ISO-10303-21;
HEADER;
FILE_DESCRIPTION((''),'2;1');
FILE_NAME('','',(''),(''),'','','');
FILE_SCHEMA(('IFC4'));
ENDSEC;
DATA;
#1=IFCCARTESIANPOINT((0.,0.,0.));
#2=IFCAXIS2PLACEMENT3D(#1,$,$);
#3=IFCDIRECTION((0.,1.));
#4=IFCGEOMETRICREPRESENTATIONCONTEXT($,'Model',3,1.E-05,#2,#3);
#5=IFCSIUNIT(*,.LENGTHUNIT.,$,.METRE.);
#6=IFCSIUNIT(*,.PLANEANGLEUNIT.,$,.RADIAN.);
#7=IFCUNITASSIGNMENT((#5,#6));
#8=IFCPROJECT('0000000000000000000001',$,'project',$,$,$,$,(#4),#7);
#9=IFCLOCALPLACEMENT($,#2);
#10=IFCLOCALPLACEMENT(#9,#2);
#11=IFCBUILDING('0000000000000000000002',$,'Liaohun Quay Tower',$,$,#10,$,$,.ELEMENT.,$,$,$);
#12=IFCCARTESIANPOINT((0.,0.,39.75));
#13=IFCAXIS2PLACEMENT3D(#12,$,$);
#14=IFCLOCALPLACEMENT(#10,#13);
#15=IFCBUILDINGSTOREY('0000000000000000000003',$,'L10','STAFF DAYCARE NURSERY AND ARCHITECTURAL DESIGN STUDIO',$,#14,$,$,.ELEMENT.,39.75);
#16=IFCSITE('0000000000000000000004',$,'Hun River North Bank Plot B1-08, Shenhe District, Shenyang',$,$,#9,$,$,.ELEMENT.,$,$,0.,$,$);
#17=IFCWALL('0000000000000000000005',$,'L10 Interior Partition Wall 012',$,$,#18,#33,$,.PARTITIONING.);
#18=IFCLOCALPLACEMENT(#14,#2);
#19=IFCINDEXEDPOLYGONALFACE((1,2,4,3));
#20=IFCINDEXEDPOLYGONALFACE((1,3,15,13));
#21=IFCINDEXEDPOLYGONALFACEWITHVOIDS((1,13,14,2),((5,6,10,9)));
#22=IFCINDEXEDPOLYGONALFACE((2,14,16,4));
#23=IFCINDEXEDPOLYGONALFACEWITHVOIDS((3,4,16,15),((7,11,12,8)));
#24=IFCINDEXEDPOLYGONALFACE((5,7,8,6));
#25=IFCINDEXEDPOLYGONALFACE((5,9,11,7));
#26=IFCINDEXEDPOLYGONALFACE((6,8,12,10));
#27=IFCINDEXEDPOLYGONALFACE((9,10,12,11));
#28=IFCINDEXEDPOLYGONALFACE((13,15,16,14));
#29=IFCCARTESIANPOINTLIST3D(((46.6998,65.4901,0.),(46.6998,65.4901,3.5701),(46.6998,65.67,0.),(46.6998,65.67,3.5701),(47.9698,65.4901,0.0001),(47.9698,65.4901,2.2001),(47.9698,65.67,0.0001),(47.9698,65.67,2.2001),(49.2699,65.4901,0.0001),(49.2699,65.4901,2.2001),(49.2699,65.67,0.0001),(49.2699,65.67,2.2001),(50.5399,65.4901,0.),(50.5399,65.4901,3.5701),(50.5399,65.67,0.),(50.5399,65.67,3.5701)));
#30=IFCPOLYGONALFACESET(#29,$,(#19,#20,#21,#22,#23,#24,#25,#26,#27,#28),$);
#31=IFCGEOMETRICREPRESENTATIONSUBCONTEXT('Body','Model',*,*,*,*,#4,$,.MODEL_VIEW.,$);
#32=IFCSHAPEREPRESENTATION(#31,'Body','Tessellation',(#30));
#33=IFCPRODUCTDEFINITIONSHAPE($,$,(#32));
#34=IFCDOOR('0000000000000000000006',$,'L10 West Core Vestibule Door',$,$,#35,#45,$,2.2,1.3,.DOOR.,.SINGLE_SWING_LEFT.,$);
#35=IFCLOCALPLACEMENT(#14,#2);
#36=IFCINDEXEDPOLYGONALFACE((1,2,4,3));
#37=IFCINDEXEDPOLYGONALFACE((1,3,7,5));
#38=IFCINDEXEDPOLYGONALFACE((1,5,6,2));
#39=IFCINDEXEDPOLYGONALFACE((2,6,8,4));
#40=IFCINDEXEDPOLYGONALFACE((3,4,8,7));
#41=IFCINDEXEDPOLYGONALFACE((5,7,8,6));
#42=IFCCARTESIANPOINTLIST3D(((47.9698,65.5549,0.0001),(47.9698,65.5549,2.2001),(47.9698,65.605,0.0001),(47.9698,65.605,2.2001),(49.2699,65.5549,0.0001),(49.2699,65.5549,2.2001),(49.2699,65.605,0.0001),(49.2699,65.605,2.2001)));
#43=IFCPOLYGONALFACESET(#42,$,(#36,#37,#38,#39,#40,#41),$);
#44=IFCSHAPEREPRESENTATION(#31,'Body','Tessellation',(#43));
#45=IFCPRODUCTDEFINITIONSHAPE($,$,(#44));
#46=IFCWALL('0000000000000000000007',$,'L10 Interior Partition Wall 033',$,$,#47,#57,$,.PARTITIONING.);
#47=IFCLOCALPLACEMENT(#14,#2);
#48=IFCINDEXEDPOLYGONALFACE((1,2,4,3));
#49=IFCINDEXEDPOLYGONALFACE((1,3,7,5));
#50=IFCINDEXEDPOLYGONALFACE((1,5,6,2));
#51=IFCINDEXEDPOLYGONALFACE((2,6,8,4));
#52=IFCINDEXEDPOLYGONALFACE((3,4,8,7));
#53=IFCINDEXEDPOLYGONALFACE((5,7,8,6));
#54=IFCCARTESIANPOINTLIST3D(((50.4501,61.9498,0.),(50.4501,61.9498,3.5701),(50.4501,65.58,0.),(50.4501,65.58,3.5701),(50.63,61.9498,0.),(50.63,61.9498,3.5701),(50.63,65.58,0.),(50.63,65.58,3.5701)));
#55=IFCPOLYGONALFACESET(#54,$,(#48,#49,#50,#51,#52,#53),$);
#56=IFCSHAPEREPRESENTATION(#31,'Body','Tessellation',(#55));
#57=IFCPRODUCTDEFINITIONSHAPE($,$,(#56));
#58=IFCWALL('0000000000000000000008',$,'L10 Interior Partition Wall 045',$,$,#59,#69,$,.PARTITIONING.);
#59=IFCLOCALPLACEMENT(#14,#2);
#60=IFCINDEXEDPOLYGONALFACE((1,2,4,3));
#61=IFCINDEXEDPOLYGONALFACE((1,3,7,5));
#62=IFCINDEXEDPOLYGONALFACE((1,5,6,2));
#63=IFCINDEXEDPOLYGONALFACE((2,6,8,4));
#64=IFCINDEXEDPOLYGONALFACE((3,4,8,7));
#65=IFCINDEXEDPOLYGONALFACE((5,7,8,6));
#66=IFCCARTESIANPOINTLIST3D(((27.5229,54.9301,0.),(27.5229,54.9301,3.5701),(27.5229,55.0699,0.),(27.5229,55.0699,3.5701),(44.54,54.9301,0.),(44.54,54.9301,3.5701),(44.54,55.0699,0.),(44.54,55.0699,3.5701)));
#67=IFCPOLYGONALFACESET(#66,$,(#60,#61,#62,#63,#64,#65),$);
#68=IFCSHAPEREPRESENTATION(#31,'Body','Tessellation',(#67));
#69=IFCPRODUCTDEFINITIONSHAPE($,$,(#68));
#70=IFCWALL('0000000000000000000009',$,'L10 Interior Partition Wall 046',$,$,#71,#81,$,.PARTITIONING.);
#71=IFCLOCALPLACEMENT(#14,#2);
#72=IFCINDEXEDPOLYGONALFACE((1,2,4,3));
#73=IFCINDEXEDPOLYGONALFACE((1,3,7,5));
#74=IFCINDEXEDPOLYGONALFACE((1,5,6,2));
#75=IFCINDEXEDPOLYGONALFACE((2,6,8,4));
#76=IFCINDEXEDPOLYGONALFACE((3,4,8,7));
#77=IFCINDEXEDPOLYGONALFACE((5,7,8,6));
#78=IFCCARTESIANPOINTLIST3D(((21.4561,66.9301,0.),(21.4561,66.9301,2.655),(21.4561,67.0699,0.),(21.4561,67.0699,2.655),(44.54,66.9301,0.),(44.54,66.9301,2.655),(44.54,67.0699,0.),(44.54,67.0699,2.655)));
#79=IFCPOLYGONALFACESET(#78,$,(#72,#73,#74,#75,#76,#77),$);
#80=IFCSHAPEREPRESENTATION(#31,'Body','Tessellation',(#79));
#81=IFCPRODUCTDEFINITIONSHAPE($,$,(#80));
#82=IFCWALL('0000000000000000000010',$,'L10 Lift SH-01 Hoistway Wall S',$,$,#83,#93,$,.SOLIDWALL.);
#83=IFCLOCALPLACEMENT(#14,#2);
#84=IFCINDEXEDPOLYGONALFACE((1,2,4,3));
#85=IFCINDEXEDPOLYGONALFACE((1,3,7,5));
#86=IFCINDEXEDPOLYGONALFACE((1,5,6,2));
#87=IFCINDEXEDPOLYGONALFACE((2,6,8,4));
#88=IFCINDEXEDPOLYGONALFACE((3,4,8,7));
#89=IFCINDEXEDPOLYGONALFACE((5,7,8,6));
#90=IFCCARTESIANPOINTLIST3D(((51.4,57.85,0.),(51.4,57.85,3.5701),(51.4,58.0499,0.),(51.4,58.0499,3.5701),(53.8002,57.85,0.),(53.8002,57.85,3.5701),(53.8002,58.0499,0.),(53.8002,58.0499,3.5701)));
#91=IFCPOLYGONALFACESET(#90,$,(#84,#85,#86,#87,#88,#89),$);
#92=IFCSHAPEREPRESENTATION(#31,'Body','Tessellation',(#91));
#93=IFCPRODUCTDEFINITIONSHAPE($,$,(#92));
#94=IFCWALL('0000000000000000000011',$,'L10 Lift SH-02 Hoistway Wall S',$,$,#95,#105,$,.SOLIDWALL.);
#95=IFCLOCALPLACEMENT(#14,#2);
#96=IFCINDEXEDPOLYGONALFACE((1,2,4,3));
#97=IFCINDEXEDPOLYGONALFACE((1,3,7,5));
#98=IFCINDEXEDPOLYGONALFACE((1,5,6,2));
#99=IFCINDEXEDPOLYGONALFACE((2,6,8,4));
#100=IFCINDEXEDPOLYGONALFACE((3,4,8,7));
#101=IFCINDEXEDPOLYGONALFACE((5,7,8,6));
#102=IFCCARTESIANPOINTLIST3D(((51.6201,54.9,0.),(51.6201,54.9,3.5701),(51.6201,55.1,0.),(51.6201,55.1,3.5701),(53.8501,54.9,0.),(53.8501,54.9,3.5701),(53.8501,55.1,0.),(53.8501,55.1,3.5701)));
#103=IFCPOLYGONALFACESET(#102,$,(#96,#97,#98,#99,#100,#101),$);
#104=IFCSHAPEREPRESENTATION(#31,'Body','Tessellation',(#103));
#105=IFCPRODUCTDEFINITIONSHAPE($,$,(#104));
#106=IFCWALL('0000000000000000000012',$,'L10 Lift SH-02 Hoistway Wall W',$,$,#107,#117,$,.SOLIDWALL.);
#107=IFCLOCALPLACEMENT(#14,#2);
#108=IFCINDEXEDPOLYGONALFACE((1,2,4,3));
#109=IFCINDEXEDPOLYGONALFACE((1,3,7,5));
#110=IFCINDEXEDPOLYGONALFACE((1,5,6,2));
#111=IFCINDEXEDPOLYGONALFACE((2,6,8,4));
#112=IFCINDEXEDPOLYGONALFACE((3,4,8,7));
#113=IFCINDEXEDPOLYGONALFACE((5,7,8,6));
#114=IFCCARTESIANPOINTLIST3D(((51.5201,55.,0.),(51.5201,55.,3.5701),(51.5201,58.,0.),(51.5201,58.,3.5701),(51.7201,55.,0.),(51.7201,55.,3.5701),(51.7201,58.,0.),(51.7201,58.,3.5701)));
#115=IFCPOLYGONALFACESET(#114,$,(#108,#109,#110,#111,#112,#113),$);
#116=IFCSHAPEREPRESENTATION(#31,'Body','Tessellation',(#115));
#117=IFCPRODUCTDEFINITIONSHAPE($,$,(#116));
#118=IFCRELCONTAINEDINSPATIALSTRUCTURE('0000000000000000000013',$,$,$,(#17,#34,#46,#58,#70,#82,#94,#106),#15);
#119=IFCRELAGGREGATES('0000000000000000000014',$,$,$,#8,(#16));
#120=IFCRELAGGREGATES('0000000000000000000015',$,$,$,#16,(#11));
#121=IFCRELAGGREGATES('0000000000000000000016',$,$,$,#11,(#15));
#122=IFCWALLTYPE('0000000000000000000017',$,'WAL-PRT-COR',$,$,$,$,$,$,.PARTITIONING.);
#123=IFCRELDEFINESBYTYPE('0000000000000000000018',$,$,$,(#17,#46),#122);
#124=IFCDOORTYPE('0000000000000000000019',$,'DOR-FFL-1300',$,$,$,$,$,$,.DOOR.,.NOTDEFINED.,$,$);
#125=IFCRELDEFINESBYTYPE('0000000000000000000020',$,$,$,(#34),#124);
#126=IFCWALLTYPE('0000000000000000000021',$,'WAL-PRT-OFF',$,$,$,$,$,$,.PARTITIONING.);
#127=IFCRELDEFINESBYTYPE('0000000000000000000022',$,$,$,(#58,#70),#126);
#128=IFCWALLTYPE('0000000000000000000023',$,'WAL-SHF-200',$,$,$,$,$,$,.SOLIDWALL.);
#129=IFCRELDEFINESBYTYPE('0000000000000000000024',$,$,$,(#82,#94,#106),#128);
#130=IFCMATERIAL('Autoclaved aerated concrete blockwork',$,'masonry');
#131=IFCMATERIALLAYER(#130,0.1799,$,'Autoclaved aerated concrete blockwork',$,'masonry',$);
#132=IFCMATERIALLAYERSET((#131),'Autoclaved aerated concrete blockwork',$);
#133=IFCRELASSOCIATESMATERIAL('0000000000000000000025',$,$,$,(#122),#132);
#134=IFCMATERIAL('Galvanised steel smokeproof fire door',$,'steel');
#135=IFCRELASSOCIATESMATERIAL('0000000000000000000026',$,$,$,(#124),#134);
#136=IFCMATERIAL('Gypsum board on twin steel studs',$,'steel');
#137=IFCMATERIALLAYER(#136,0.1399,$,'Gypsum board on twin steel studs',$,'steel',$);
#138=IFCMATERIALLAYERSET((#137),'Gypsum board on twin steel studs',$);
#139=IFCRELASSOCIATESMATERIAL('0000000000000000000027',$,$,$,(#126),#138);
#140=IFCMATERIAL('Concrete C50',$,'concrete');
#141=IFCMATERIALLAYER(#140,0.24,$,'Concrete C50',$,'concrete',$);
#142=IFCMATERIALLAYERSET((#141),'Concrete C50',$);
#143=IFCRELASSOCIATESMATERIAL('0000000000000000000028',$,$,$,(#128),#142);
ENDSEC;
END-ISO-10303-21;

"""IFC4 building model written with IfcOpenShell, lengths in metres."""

from ifc_helpers import new_model, si_unit, direction, frame, frame_2d, origin, place, context, subcontext, project, spatial, rectangle, extrude, source, transform, mapped, material, layer, layer_set, type_object, element, fill, save


model = new_model("IFC4")

# Units and contexts
model_context = context("Model", 3, precision=1e-05, world=origin(), true_north=direction((0.0, 1.0)))
body_context = subcontext(model_context, "Body", "Model", "MODEL_VIEW")
ifc_project = project(units=[si_unit("LENGTHUNIT", "METRE"), si_unit("PLANEANGLEUNIT", "RADIAN")], contexts=[model_context])

# Site, building, storey
site_placement = place(None, origin())
site = spatial("IfcSite", under=ifc_project, at=site_placement, Name="Hun River North Bank Plot B1-08, Shenhe District, Shenyang", CompositionType="ELEMENT", RefElevation=0.0)
building_placement = place(site_placement, origin())
building = spatial("IfcBuilding", under=site, at=building_placement, Name="Liaohun Quay Tower", CompositionType="ELEMENT")
storey_placement = place(building_placement, frame((0.0, 0.0, 39.75)))
storey = spatial("IfcBuildingStorey", under=building, at=storey_placement, Name="L10", Description="STAFF DAYCARE NURSERY AND ARCHITECTURAL DESIGN STUDIO", CompositionType="ELEMENT", Elevation=39.75)

# Wall, opening, door
ifc_material_1 = material(Name="Autoclaved aerated concrete blockwork", Category="masonry")
ifc_layer_1 = layer(ifc_material_1, 0.1799, Name="Autoclaved aerated concrete blockwork", Category="masonry")
ifc_layer_set_1 = layer_set([ifc_layer_1], Name="Autoclaved aerated concrete blockwork")
wall_type_1 = type_object("IfcWallType", Name="WAL-PRT-COR", PredefinedType="PARTITIONING", material=ifc_layer_set_1)
wall_1_placement = place(storey_placement, frame((46.7, 65.5801, 0.0), z_axis=(0.0, 0.0, 1.0), x_axis=(1.0, 0.0, 0.0)))
wall_1 = element("IfcWall", 1, at=wall_1_placement, inside=storey, type_object=wall_type_1, Name="L10 Interior Partition Wall 012", PredefinedType="PARTITIONING", context=body_context, shape_type="SweptSolid", body=[
    extrude(rectangle(XDim=3.8401, YDim=0.1799, at=frame_2d((1.9199, 0.0))), origin(), (0.0, 0.0, 1.0), 3.5701),
])
shared_shape_1 = source(origin(), body_context, "Body", "SweptSolid", [
    extrude(rectangle(XDim=1.3, YDim=2.2, at=frame_2d((0.6499, 1.1001))), frame((0.0, 0.0999, 0.0), z_axis=(0.0, -1.0, 0.0), x_axis=(1.0, 0.0, 0.0)), (0.0, 0.0, 1.0), 0.2),
])
opening_1_placement = place(wall_1_placement, frame((1.27, 0.0, 0.0)))
opening_1 = element("IfcOpeningElement", 2, at=opening_1_placement, cuts=wall_1, PredefinedType="OPENING", context=body_context, shape_type="MappedRepresentation", body=[
    mapped(shared_shape_1, transform((0.0, 0.0, 0.0), x_axis=(1.0, 0.0, 0.0), y_axis=(0.0, 1.0, 0.0), z_axis=(0.0, 0.0, 1.0), scale=1.0)),
])
ifc_material_2 = material(Name="Galvanised steel smokeproof fire door", Category="steel")
door_type_1 = type_object("IfcDoorType", Name="DOR-FFL-1300", OperationType="NOTDEFINED", PredefinedType="DOOR", material=ifc_material_2)
shared_shape_2 = source(origin(), body_context, "Body", "SweptSolid", [
    extrude(rectangle(XDim=1.3, YDim=2.2, at=frame_2d((0.6499, 1.1001))), frame((0.0, 0.0249, 0.0), z_axis=(0.0, -1.0, 0.0), x_axis=(1.0, 0.0, 0.0)), (0.0, 0.0, 1.0), 0.05),
])
door_1_placement = place(opening_1_placement, origin())
door_1 = element("IfcDoor", 3, at=door_1_placement, inside=storey, type_object=door_type_1, Name="L10 West Core Vestibule Door", OperationType="SINGLE_SWING_LEFT", OverallHeight=2.2, OverallWidth=1.3, PredefinedType="DOOR", context=body_context, shape_type="MappedRepresentation", body=[
    mapped(shared_shape_2, transform((0.0, 0.0, 0.0), x_axis=(1.0, 0.0, 0.0), y_axis=(0.0, 1.0, 0.0), z_axis=(0.0, 0.0, 1.0), scale=1.0)),
])
fill(opening_1, door_1)

# Walls
wall_2_placement = place(storey_placement, frame((50.54, 61.95, 0.0), z_axis=(0.0, 0.0, 1.0), x_axis=(0.0, 1.0, 0.0)))
element("IfcWall", 4, at=wall_2_placement, inside=storey, type_object=wall_type_1, Name="L10 Interior Partition Wall 033", PredefinedType="PARTITIONING", context=body_context, shape_type="SweptSolid", body=[
    extrude(rectangle(XDim=3.6301, YDim=0.1799, at=frame_2d((1.8149, 0.0))), origin(), (0.0, 0.0, 1.0), 3.5701),
])
ifc_material_3 = material(Name="Gypsum board on twin steel studs", Category="steel")
ifc_layer_2 = layer(ifc_material_3, 0.1399, Name="Gypsum board on twin steel studs", Category="steel")
ifc_layer_set_2 = layer_set([ifc_layer_2], Name="Gypsum board on twin steel studs")
wall_type_2 = type_object("IfcWallType", Name="WAL-PRT-OFF", PredefinedType="PARTITIONING", material=ifc_layer_set_2)
wall_3_placement = place(storey_placement, frame((44.54, 55.0, 0.0), z_axis=(0.0, 0.0, 1.0), x_axis=(-1.0, 0.0, 0.0)))
element("IfcWall", 5, at=wall_3_placement, inside=storey, type_object=wall_type_2, Name="L10 Interior Partition Wall 045", PredefinedType="PARTITIONING", context=body_context, shape_type="SweptSolid", body=[
    extrude(rectangle(XDim=17.0171, YDim=0.1399, at=frame_2d((8.5085, 0.0))), origin(), (0.0, 0.0, 1.0), 3.5701),
])
wall_4_placement = place(storey_placement, frame((44.54, 67.0, 0.0), z_axis=(0.0, 0.0, 1.0), x_axis=(-1.0, 0.0, 0.0)))
element("IfcWall", 6, at=wall_4_placement, inside=storey, type_object=wall_type_2, Name="L10 Interior Partition Wall 046", PredefinedType="PARTITIONING", context=body_context, shape_type="SweptSolid", body=[
    extrude(rectangle(XDim=23.084, YDim=0.1399, at=frame_2d((11.542, 0.0))), origin(), (0.0, 0.0, 1.0), 2.655),
])
ifc_material_4 = material(Name="Concrete C50", Category="concrete")
ifc_layer_3 = layer(ifc_material_4, 0.24, Name="Concrete C50", Category="concrete")
ifc_layer_set_3 = layer_set([ifc_layer_3], Name="Concrete C50")
wall_type_3 = type_object("IfcWallType", Name="WAL-SHF-200", PredefinedType="SOLIDWALL", material=ifc_layer_set_3)
wall_5_placement = place(storey_placement, frame((51.3999, 57.95, 0.0), z_axis=(0.0, 0.0, 1.0), x_axis=(1.0, 0.0, 0.0)))
element("IfcWall", 7, at=wall_5_placement, inside=storey, type_object=wall_type_3, Name="L10 Lift SH-01 Hoistway Wall S", PredefinedType="SOLIDWALL", context=body_context, shape_type="SweptSolid", body=[
    extrude(rectangle(XDim=2.4001, YDim=0.2, at=frame_2d((1.2002, 0.0))), origin(), (0.0, 0.0, 1.0), 3.5701),
])
wall_6_placement = place(storey_placement, frame((51.6201, 55.0, 0.0), z_axis=(0.0, 0.0, 1.0), x_axis=(1.0, 0.0, 0.0)))
element("IfcWall", 8, at=wall_6_placement, inside=storey, type_object=wall_type_3, Name="L10 Lift SH-02 Hoistway Wall S", PredefinedType="SOLIDWALL", context=body_context, shape_type="SweptSolid", body=[
    extrude(rectangle(XDim=2.23, YDim=0.2, at=frame_2d((1.115, 0.0))), origin(), (0.0, 0.0, 1.0), 3.5701),
])
wall_7_placement = place(storey_placement, frame((51.6201, 58.0, 0.0), z_axis=(0.0, 0.0, 1.0), x_axis=(0.0, -1.0, 0.0)))
element("IfcWall", 9, at=wall_7_placement, inside=storey, type_object=wall_type_3, Name="L10 Lift SH-02 Hoistway Wall W", PredefinedType="SOLIDWALL", context=body_context, shape_type="SweptSolid", body=[
    extrude(rectangle(XDim=3.0, YDim=0.2, at=frame_2d((1.5, 0.0))), origin(), (0.0, 0.0, 1.0), 3.5701),
])

save(model, "model.ifc")
